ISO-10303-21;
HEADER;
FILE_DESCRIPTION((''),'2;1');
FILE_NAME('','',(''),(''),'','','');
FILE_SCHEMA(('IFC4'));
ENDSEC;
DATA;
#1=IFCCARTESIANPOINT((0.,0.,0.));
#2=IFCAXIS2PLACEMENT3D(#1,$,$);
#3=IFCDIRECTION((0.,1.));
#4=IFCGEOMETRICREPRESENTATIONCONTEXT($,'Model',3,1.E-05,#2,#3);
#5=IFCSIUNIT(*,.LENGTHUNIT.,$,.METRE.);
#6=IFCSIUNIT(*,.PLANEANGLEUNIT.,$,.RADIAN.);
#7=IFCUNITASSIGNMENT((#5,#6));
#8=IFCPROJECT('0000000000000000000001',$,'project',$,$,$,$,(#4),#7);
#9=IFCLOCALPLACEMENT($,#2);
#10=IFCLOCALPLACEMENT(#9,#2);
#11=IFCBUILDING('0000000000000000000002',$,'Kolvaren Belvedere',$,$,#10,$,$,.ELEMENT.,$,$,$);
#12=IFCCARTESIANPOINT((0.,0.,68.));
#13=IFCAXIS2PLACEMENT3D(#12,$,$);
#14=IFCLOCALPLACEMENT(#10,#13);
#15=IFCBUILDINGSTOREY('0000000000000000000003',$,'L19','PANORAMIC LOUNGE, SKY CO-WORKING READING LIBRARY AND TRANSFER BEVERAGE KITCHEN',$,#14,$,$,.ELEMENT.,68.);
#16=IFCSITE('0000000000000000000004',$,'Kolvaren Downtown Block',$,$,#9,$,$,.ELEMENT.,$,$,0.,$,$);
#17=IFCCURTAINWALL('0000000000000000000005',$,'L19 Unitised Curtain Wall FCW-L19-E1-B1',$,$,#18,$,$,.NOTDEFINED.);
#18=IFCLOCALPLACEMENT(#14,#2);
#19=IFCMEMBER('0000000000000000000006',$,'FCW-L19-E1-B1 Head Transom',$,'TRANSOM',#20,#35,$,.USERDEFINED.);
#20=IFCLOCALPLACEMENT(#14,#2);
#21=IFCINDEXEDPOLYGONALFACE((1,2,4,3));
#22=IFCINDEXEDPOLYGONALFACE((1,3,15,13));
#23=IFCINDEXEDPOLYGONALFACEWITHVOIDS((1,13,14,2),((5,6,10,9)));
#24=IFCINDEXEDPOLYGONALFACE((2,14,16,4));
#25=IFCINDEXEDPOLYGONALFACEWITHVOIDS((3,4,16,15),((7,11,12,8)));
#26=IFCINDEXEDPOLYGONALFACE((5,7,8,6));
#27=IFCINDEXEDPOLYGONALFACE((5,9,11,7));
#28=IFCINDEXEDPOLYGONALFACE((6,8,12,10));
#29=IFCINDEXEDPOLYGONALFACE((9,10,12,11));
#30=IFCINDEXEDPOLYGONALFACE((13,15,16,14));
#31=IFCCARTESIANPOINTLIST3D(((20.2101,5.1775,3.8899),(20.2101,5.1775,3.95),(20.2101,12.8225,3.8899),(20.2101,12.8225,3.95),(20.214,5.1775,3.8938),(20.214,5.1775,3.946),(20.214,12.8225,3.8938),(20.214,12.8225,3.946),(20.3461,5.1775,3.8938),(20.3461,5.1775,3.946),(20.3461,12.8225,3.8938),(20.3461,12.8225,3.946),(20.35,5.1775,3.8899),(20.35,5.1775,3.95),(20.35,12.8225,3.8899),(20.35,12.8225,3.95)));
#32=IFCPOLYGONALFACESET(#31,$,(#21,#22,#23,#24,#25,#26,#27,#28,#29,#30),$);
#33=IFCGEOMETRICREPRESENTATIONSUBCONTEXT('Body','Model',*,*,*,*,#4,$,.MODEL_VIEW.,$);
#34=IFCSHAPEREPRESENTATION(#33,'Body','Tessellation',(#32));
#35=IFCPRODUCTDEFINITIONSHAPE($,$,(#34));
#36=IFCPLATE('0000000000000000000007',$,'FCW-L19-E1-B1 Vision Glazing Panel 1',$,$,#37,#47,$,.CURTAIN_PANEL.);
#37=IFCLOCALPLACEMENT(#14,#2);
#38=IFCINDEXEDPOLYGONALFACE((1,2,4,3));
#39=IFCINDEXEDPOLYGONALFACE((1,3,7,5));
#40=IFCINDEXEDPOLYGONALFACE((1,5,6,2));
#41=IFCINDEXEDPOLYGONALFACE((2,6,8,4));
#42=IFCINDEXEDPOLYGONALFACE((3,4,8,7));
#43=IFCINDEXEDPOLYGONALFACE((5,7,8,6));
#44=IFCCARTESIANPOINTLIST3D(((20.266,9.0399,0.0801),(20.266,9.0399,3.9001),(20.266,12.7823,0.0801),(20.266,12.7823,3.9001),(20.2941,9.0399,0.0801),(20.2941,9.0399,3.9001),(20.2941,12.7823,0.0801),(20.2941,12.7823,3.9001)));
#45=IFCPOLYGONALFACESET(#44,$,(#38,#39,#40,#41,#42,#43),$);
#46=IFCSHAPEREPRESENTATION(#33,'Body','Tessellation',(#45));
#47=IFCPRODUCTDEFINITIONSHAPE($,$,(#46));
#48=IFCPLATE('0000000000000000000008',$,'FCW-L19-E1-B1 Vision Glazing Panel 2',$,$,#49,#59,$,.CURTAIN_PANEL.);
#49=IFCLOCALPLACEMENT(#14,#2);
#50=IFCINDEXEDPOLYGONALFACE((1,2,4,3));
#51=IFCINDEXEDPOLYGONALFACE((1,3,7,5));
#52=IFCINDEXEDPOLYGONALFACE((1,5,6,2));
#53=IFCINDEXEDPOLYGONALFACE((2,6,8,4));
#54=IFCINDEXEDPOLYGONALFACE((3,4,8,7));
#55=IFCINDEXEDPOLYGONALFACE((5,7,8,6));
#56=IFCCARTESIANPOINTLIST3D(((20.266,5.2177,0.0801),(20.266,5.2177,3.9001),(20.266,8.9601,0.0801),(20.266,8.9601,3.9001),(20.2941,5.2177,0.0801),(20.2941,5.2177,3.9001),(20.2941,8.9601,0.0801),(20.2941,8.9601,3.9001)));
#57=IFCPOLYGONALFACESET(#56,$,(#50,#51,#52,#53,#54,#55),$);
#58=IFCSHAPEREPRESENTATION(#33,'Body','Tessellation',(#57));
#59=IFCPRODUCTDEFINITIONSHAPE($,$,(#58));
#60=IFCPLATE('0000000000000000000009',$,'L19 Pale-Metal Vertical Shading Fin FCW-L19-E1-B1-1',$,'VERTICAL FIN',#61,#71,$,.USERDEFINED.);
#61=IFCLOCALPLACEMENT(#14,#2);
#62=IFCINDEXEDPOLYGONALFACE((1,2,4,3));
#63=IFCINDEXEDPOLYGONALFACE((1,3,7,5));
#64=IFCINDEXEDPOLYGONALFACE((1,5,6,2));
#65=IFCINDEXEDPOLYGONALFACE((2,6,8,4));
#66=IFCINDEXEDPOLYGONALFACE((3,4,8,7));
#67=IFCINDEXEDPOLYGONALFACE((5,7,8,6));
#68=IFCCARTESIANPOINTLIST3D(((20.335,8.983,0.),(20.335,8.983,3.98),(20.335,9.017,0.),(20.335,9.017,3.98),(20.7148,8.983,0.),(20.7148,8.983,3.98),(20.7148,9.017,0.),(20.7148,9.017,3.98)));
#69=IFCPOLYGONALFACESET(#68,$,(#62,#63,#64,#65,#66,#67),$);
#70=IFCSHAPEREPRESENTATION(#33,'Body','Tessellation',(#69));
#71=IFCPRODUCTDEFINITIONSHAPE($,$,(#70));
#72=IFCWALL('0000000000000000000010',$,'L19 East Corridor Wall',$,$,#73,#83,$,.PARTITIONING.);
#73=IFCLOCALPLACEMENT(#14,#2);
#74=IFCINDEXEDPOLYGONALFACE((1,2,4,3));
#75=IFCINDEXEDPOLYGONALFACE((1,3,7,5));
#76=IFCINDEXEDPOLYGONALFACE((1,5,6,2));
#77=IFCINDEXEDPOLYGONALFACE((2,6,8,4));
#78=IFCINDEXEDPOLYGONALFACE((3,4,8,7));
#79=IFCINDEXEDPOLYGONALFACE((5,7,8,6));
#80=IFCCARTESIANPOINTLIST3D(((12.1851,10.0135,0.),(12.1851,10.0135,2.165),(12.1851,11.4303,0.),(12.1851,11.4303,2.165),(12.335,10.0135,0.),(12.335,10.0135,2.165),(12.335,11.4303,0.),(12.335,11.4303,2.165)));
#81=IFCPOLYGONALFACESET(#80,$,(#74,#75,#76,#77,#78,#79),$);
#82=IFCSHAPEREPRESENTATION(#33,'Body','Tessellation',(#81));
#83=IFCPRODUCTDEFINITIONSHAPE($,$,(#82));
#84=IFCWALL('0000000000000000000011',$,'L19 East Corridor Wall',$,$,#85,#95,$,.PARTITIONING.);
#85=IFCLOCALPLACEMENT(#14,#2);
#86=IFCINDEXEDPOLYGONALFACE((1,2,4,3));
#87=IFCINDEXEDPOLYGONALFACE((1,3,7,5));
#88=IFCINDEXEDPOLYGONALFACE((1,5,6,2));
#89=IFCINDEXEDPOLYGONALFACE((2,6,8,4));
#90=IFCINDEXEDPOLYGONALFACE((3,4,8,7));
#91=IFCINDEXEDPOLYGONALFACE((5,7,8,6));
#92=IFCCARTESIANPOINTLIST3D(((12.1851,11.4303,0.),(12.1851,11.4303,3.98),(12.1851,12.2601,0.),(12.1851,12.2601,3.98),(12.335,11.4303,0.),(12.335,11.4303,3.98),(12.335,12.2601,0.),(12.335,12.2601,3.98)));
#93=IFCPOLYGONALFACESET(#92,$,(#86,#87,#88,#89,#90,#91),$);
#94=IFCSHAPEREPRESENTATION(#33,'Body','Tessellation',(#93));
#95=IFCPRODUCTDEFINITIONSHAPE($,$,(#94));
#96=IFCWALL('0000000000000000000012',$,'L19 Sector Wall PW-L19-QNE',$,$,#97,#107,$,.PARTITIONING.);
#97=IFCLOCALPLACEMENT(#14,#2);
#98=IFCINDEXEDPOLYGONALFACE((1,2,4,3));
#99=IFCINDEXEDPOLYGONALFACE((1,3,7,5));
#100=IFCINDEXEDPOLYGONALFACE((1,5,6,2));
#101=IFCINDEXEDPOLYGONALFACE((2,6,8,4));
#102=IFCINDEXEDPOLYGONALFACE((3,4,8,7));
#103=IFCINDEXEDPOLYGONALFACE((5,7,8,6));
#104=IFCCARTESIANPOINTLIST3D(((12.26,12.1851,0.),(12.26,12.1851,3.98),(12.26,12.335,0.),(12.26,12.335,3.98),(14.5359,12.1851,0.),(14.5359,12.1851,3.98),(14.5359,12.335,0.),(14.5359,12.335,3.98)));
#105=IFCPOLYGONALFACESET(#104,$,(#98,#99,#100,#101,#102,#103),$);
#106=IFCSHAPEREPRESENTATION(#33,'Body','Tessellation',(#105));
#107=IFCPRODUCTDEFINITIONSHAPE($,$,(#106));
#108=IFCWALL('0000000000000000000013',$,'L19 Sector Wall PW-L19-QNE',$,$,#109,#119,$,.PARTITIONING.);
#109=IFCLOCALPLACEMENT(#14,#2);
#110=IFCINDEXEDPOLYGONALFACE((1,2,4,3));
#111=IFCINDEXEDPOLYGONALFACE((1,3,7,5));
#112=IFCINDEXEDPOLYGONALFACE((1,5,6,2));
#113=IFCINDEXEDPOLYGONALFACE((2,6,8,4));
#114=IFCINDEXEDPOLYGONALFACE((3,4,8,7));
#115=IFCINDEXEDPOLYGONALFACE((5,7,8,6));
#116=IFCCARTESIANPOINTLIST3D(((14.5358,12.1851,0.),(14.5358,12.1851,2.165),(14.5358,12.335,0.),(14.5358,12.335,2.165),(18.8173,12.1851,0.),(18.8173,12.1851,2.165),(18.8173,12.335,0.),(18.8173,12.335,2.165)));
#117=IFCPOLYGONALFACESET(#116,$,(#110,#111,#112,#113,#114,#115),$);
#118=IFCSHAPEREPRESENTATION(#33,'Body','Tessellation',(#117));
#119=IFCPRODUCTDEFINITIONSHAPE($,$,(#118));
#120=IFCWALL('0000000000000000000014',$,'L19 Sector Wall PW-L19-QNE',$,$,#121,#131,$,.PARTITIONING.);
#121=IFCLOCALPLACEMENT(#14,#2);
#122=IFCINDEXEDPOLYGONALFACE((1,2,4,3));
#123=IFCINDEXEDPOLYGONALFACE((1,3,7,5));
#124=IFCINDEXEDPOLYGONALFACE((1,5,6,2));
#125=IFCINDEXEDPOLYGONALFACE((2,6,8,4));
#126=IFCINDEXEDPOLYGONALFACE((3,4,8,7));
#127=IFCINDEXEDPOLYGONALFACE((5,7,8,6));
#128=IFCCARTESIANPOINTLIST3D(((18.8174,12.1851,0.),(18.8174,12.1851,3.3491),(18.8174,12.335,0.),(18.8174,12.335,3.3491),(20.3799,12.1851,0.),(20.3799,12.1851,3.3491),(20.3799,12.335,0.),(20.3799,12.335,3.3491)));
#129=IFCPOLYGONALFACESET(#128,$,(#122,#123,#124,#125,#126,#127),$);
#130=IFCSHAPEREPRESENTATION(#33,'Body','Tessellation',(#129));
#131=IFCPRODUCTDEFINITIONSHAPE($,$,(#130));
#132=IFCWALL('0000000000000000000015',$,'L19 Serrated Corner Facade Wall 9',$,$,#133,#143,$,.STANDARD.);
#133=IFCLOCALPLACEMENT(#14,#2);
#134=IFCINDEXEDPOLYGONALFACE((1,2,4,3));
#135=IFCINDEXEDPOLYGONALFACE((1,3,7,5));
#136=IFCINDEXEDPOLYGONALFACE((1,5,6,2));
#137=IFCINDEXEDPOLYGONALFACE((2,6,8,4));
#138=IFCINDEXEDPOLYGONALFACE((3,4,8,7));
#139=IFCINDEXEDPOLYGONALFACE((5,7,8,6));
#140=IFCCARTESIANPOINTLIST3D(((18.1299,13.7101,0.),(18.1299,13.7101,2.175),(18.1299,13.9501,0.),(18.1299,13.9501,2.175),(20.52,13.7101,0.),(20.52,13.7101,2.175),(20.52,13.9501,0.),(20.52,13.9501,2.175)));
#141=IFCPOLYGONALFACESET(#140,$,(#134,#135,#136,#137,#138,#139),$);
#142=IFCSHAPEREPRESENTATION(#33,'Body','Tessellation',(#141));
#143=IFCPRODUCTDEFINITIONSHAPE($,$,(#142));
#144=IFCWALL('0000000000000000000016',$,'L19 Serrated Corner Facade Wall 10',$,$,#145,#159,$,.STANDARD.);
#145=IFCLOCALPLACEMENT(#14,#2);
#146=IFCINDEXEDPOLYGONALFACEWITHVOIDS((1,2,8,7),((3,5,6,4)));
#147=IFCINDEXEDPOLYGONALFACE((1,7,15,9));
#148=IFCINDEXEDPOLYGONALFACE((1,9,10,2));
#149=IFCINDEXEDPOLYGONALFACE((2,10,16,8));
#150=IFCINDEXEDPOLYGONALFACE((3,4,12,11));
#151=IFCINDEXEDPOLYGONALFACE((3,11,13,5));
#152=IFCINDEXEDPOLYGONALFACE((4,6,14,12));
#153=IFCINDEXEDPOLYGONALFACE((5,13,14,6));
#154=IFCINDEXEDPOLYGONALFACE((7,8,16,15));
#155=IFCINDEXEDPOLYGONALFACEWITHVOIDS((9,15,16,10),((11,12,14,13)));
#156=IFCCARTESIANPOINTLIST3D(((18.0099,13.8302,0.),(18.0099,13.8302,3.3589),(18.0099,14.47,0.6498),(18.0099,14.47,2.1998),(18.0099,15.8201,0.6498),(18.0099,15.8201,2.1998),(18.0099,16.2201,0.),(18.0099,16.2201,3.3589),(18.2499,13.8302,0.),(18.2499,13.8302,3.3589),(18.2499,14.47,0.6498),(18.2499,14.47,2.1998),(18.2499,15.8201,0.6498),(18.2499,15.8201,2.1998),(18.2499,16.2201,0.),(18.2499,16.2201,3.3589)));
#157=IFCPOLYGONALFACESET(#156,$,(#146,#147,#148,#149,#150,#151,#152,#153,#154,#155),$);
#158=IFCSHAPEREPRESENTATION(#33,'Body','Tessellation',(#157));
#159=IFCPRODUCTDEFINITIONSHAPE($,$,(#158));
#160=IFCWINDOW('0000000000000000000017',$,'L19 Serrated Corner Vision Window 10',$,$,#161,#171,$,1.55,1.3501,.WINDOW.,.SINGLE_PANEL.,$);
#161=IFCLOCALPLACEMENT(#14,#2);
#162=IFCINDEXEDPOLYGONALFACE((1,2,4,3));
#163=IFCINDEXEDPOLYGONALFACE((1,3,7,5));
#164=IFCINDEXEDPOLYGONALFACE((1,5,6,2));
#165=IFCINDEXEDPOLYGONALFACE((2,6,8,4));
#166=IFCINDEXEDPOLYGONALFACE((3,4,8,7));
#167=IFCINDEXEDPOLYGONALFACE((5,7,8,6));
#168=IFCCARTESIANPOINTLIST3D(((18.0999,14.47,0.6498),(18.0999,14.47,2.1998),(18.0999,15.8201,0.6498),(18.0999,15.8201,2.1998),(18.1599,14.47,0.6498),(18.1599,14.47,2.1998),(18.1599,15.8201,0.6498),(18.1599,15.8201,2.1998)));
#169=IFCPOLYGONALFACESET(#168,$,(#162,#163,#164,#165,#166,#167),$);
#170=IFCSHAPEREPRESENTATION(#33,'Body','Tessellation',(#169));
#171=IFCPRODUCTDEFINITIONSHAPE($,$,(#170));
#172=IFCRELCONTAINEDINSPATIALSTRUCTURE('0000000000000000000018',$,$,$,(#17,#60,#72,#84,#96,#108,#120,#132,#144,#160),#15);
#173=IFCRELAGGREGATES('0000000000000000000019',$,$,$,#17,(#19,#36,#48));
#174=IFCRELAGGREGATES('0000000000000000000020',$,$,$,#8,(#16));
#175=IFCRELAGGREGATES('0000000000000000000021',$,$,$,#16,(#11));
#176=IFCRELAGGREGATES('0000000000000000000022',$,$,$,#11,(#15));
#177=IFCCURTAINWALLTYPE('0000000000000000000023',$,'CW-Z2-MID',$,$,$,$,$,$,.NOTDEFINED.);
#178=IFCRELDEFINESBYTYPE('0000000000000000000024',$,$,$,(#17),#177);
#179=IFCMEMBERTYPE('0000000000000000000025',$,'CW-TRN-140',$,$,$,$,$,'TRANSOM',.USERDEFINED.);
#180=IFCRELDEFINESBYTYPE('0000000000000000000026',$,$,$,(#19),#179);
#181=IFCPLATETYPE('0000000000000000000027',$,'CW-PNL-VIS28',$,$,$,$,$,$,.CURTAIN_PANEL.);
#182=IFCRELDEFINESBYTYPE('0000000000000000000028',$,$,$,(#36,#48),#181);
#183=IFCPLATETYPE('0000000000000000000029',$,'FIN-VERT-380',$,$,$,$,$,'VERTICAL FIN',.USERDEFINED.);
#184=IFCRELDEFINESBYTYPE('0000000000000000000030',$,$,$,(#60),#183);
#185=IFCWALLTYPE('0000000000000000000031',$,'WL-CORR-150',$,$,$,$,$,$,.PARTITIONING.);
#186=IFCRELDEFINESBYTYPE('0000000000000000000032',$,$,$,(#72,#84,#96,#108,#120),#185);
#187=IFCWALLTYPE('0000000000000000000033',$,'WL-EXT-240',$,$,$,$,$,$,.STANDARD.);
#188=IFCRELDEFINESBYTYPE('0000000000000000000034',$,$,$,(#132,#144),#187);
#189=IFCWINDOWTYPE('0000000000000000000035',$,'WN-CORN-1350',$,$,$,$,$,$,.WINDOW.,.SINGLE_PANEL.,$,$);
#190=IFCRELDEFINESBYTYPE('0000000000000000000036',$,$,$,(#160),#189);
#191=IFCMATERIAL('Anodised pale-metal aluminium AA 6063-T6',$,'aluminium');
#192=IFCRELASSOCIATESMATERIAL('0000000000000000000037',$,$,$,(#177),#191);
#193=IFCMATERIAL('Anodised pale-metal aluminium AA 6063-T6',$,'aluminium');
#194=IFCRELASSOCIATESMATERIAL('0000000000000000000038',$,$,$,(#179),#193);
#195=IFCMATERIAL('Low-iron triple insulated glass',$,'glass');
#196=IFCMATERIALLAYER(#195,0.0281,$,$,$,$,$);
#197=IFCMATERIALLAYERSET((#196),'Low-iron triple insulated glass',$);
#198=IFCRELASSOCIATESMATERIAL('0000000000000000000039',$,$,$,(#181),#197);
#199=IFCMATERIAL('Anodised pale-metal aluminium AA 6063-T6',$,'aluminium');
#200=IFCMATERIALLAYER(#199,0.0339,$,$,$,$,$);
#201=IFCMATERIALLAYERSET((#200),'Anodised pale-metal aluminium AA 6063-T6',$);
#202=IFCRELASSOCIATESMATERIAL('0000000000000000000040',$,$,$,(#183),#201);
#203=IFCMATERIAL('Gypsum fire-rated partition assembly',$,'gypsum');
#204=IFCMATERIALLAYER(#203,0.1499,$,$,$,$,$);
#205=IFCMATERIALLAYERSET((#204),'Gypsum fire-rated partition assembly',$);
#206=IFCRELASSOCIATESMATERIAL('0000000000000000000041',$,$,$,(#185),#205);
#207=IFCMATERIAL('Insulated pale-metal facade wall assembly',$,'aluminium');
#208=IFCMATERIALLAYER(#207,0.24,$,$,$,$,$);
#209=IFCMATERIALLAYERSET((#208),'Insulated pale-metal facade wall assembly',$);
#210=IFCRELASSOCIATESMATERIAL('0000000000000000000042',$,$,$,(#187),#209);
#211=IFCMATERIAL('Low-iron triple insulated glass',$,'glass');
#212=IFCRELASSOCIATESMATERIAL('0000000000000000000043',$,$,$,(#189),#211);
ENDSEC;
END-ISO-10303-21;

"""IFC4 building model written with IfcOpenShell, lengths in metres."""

from ifc_helpers import new_model, si_unit, direction, frame, frame_2d, origin, origin_2d, place, context, subcontext, project, spatial, rectangle, hollow_rectangle, extrude, material, layer, layer_set, material_profile, profile_set, type_object, element, fill, aggregate, save


model = new_model("IFC4")

# Units and contexts
model_context = context("Model", 3, precision=1e-05, world=origin(), true_north=direction((0.0, 1.0)))
body_context = subcontext(model_context, "Body", "Model", "MODEL_VIEW")
ifc_project = project(units=[si_unit("LENGTHUNIT", "METRE"), si_unit("PLANEANGLEUNIT", "RADIAN")], contexts=[model_context])

# Site, building, storey
site_placement = place(None, origin())
site = spatial("IfcSite", under=ifc_project, at=site_placement, Name="Kolvaren Downtown Block", CompositionType="ELEMENT", RefElevation=0.0)
building_placement = place(site_placement, origin())
building = spatial("IfcBuilding", under=site, at=building_placement, Name="Kolvaren Belvedere", CompositionType="ELEMENT")
storey_placement = place(building_placement, frame((0.0, 0.0, 68.0)))
storey = spatial("IfcBuildingStorey", under=building, at=storey_placement, Name="L19", Description="PANORAMIC LOUNGE, SKY CO-WORKING READING LIBRARY AND TRANSFER BEVERAGE KITCHEN", CompositionType="ELEMENT", Elevation=68.0)

# Curtain wall
ifc_material_1 = material(Name="Anodised pale-metal aluminium AA 6063-T6", Category="aluminium")
curtain_wall_type = type_object("IfcCurtainWallType", Name="CW-Z2-MID", PredefinedType="NOTDEFINED", material=ifc_material_1)
curtain_wall_1_placement = place(storey_placement, origin())
curtain_wall_1 = element("IfcCurtainWall", 1, at=curtain_wall_1_placement, inside=storey, type_object=curtain_wall_type, Name="L19 Unitised Curtain Wall FCW-L19-E1-B1", PredefinedType="NOTDEFINED")

# Member
ifc_material_2 = material(Name="Anodised pale-metal aluminium AA 6063-T6", Category="aluminium")
ifc_material_profile_1 = material_profile(ifc_material_2, hollow_rectangle(XDim=0.0601, YDim=0.1399, WallThickness=0.0039, at=origin_2d()), Name="ALU-TRN-140X60")
ifc_profile_set_1 = profile_set([ifc_material_profile_1], Name="Anodised pale-metal aluminium AA 6063-T6")
member_type_1 = type_object("IfcMemberType", Name="CW-TRN-140", ElementType="TRANSOM", PredefinedType="USERDEFINED", material=ifc_profile_set_1)
member_1_placement = place(storey_placement, frame((20.28, 12.8225, 3.9199), z_axis=(0.0, -1.0, 0.0), x_axis=(0.0, 0.0, 1.0)))
member_1 = element("IfcMember", 2, at=member_1_placement, type_object=member_type_1, Name="FCW-L19-E1-B1 Head Transom", ObjectType="TRANSOM", PredefinedType="USERDEFINED", context=body_context, shape_type="SweptSolid", body=[
    extrude(hollow_rectangle(XDim=0.0601, YDim=0.1399, WallThickness=0.0039, at=origin_2d()), origin(), (0.0, 0.0, 1.0), 7.645),
])

# Plates
ifc_material_3 = material(Name="Low-iron triple insulated glass", Category="glass")
ifc_layer_1 = layer(ifc_material_3, 0.0281)
ifc_layer_set_1 = layer_set([ifc_layer_1], Name="Low-iron triple insulated glass")
plate_type_1 = type_object("IfcPlateType", Name="CW-PNL-VIS28", PredefinedType="CURTAIN_PANEL", material=ifc_layer_set_1)
plate_1_placement = place(storey_placement, frame((20.28, 10.9111, 0.0801), z_axis=(0.0, 0.0, 1.0), x_axis=(0.0, -1.0, 0.0)))
plate_1 = element("IfcPlate", 3, at=plate_1_placement, type_object=plate_type_1, Name="FCW-L19-E1-B1 Vision Glazing Panel 1", PredefinedType="CURTAIN_PANEL", context=body_context, shape_type="SweptSolid", body=[
    extrude(rectangle(XDim=3.7424, YDim=0.0281, at=origin_2d()), origin(), (0.0, 0.0, 1.0), 3.8201),
])
plate_2_placement = place(storey_placement, frame((20.28, 7.0889, 0.0801), z_axis=(0.0, 0.0, 1.0), x_axis=(0.0, -1.0, 0.0)))
plate_2 = element("IfcPlate", 4, at=plate_2_placement, type_object=plate_type_1, Name="FCW-L19-E1-B1 Vision Glazing Panel 2", PredefinedType="CURTAIN_PANEL", context=body_context, shape_type="SweptSolid", body=[
    extrude(rectangle(XDim=3.7424, YDim=0.0281, at=origin_2d()), origin(), (0.0, 0.0, 1.0), 3.8201),
])
aggregate(curtain_wall_1, [member_1, plate_1, plate_2])
ifc_material_4 = material(Name="Anodised pale-metal aluminium AA 6063-T6", Category="aluminium")
ifc_layer_2 = layer(ifc_material_4, 0.0339)
ifc_layer_set_2 = layer_set([ifc_layer_2], Name="Anodised pale-metal aluminium AA 6063-T6")
plate_type_2 = type_object("IfcPlateType", Name="FIN-VERT-380", ElementType="VERTICAL FIN", PredefinedType="USERDEFINED", material=ifc_layer_set_2)
plate_3_placement = place(storey_placement, frame((20.5249, 9.0, 0.0), z_axis=(0.0, 0.0, 1.0), x_axis=(1.0, 0.0, 0.0)))
element("IfcPlate", 5, at=plate_3_placement, inside=storey, type_object=plate_type_2, Name="L19 Pale-Metal Vertical Shading Fin FCW-L19-E1-B1-1", ObjectType="VERTICAL FIN", PredefinedType="USERDEFINED", context=body_context, shape_type="SweptSolid", body=[
    extrude(rectangle(XDim=0.3799, YDim=0.0339, at=origin_2d()), origin(), (0.0, 0.0, 1.0), 3.98),
])

# Walls
ifc_material_5 = material(Name="Gypsum fire-rated partition assembly", Category="gypsum")
ifc_layer_3 = layer(ifc_material_5, 0.1499)
ifc_layer_set_3 = layer_set([ifc_layer_3], Name="Gypsum fire-rated partition assembly")
wall_type_1 = type_object("IfcWallType", Name="WL-CORR-150", PredefinedType="PARTITIONING", material=ifc_layer_set_3)
wall_1_placement = place(storey_placement, frame((12.26, 10.0134, 0.0), z_axis=(0.0, 0.0, 1.0), x_axis=(0.0, 1.0, 0.0)))
element("IfcWall", 6, at=wall_1_placement, inside=storey, type_object=wall_type_1, Name="L19 East Corridor Wall", PredefinedType="PARTITIONING", context=body_context, shape_type="SweptSolid", body=[
    extrude(rectangle(XDim=1.4167, YDim=0.1499, at=frame_2d((0.7085, 0.0))), origin(), (0.0, 0.0, 1.0), 2.165),
])
wall_2_placement = place(storey_placement, frame((12.26, 11.4302, 0.0), z_axis=(0.0, 0.0, 1.0), x_axis=(0.0, 1.0, 0.0)))
element("IfcWall", 7, at=wall_2_placement, inside=storey, type_object=wall_type_1, Name="L19 East Corridor Wall", PredefinedType="PARTITIONING", context=body_context, shape_type="SweptSolid", body=[
    extrude(rectangle(XDim=0.8298, YDim=0.1499, at=frame_2d((0.415, 0.0))), origin(), (0.0, 0.0, 1.0), 3.98),
])
wall_3_placement = place(storey_placement, frame((12.26, 12.26, 0.0), z_axis=(0.0, 0.0, 1.0), x_axis=(1.0, 0.0, 0.0)))
element("IfcWall", 8, at=wall_3_placement, inside=storey, type_object=wall_type_1, Name="L19 Sector Wall PW-L19-QNE", PredefinedType="PARTITIONING", context=body_context, shape_type="SweptSolid", body=[
    extrude(rectangle(XDim=2.2759, YDim=0.1499, at=frame_2d((1.1379, 0.0))), origin(), (0.0, 0.0, 1.0), 3.98),
])
wall_4_placement = place(storey_placement, frame((14.5359, 12.26, 0.0), z_axis=(0.0, 0.0, 1.0), x_axis=(1.0, 0.0, 0.0)))
element("IfcWall", 9, at=wall_4_placement, inside=storey, type_object=wall_type_1, Name="L19 Sector Wall PW-L19-QNE", PredefinedType="PARTITIONING", context=body_context, shape_type="SweptSolid", body=[
    extrude(rectangle(XDim=4.2815, YDim=0.1499, at=frame_2d((2.1406, 0.0))), origin(), (0.0, 0.0, 1.0), 2.165),
])
wall_5_placement = place(storey_placement, frame((18.8174, 12.26, 0.0), z_axis=(0.0, 0.0, 1.0), x_axis=(1.0, 0.0, 0.0)))
element("IfcWall", 10, at=wall_5_placement, inside=storey, type_object=wall_type_1, Name="L19 Sector Wall PW-L19-QNE", PredefinedType="PARTITIONING", context=body_context, shape_type="SweptSolid", body=[
    extrude(rectangle(XDim=1.5625, YDim=0.1499, at=frame_2d((0.7812, 0.0))), origin(), (0.0, 0.0, 1.0), 3.3491),
])
ifc_material_6 = material(Name="Insulated pale-metal facade wall assembly", Category="aluminium")
ifc_layer_4 = layer(ifc_material_6, 0.24)
ifc_layer_set_4 = layer_set([ifc_layer_4], Name="Insulated pale-metal facade wall assembly")
wall_type_2 = type_object("IfcWallType", Name="WL-EXT-240", PredefinedType="STANDARD", material=ifc_layer_set_4)
wall_6_placement = place(storey_placement, frame((18.1299, 13.8301, 0.0), z_axis=(0.0, 0.0, 1.0), x_axis=(1.0, 0.0, 0.0)))
element("IfcWall", 11, at=wall_6_placement, inside=storey, type_object=wall_type_2, Name="L19 Serrated Corner Facade Wall 9", PredefinedType="STANDARD", context=body_context, shape_type="SweptSolid", body=[
    extrude(rectangle(XDim=2.3901, YDim=0.24, at=frame_2d((1.1951, 0.0))), origin(), (0.0, 0.0, 1.0), 2.175),
])

# Wall, opening, window
wall_7_placement = place(storey_placement, frame((18.1299, 16.22, 0.0), z_axis=(0.0, 0.0, 1.0), x_axis=(0.0, -1.0, 0.0)))
wall_7 = element("IfcWall", 12, at=wall_7_placement, inside=storey, type_object=wall_type_2, Name="L19 Serrated Corner Facade Wall 10", PredefinedType="STANDARD", context=body_context, shape_type="SweptSolid", body=[
    extrude(rectangle(XDim=2.3899, YDim=0.24, at=frame_2d((1.1948, 0.0))), origin(), (0.0, 0.0, 1.0), 3.3589),
])
opening_1_placement = place(wall_7_placement, frame((0.3999, 0.0, 0.6499)))
opening_1 = element("IfcOpeningElement", 13, at=opening_1_placement, cuts=wall_7, PredefinedType="OPENING", context=body_context, shape_type="SweptSolid", body=[
    extrude(rectangle(XDim=1.3501, YDim=1.55, at=frame_2d((0.675, 0.7749))), frame((0.0, 0.1299, 0.0), z_axis=(0.0, -1.0, 0.0), x_axis=(1.0, 0.0, 0.0)), (0.0, 0.0, 1.0), 0.26),
])
ifc_material_7 = material(Name="Low-iron triple insulated glass", Category="glass")
window_type_1 = type_object("IfcWindowType", Name="WN-CORN-1350", PartitioningType="SINGLE_PANEL", PredefinedType="WINDOW", material=ifc_material_7)
window_1_placement = place(opening_1_placement, origin())
window_1 = element("IfcWindow", 14, at=window_1_placement, inside=storey, type_object=window_type_1, Name="L19 Serrated Corner Vision Window 10", OverallHeight=1.55, OverallWidth=1.3501, PartitioningType="SINGLE_PANEL", PredefinedType="WINDOW", context=body_context, shape_type="SweptSolid", body=[
    extrude(rectangle(XDim=1.3501, YDim=1.55, at=frame_2d((0.675, 0.7749))), frame((0.0, 0.03, 0.0), z_axis=(0.0, -1.0, 0.0), x_axis=(1.0, 0.0, 0.0)), (0.0, 0.0, 1.0), 0.0601),
])
fill(opening_1, window_1)

save(model, "model.ifc")
